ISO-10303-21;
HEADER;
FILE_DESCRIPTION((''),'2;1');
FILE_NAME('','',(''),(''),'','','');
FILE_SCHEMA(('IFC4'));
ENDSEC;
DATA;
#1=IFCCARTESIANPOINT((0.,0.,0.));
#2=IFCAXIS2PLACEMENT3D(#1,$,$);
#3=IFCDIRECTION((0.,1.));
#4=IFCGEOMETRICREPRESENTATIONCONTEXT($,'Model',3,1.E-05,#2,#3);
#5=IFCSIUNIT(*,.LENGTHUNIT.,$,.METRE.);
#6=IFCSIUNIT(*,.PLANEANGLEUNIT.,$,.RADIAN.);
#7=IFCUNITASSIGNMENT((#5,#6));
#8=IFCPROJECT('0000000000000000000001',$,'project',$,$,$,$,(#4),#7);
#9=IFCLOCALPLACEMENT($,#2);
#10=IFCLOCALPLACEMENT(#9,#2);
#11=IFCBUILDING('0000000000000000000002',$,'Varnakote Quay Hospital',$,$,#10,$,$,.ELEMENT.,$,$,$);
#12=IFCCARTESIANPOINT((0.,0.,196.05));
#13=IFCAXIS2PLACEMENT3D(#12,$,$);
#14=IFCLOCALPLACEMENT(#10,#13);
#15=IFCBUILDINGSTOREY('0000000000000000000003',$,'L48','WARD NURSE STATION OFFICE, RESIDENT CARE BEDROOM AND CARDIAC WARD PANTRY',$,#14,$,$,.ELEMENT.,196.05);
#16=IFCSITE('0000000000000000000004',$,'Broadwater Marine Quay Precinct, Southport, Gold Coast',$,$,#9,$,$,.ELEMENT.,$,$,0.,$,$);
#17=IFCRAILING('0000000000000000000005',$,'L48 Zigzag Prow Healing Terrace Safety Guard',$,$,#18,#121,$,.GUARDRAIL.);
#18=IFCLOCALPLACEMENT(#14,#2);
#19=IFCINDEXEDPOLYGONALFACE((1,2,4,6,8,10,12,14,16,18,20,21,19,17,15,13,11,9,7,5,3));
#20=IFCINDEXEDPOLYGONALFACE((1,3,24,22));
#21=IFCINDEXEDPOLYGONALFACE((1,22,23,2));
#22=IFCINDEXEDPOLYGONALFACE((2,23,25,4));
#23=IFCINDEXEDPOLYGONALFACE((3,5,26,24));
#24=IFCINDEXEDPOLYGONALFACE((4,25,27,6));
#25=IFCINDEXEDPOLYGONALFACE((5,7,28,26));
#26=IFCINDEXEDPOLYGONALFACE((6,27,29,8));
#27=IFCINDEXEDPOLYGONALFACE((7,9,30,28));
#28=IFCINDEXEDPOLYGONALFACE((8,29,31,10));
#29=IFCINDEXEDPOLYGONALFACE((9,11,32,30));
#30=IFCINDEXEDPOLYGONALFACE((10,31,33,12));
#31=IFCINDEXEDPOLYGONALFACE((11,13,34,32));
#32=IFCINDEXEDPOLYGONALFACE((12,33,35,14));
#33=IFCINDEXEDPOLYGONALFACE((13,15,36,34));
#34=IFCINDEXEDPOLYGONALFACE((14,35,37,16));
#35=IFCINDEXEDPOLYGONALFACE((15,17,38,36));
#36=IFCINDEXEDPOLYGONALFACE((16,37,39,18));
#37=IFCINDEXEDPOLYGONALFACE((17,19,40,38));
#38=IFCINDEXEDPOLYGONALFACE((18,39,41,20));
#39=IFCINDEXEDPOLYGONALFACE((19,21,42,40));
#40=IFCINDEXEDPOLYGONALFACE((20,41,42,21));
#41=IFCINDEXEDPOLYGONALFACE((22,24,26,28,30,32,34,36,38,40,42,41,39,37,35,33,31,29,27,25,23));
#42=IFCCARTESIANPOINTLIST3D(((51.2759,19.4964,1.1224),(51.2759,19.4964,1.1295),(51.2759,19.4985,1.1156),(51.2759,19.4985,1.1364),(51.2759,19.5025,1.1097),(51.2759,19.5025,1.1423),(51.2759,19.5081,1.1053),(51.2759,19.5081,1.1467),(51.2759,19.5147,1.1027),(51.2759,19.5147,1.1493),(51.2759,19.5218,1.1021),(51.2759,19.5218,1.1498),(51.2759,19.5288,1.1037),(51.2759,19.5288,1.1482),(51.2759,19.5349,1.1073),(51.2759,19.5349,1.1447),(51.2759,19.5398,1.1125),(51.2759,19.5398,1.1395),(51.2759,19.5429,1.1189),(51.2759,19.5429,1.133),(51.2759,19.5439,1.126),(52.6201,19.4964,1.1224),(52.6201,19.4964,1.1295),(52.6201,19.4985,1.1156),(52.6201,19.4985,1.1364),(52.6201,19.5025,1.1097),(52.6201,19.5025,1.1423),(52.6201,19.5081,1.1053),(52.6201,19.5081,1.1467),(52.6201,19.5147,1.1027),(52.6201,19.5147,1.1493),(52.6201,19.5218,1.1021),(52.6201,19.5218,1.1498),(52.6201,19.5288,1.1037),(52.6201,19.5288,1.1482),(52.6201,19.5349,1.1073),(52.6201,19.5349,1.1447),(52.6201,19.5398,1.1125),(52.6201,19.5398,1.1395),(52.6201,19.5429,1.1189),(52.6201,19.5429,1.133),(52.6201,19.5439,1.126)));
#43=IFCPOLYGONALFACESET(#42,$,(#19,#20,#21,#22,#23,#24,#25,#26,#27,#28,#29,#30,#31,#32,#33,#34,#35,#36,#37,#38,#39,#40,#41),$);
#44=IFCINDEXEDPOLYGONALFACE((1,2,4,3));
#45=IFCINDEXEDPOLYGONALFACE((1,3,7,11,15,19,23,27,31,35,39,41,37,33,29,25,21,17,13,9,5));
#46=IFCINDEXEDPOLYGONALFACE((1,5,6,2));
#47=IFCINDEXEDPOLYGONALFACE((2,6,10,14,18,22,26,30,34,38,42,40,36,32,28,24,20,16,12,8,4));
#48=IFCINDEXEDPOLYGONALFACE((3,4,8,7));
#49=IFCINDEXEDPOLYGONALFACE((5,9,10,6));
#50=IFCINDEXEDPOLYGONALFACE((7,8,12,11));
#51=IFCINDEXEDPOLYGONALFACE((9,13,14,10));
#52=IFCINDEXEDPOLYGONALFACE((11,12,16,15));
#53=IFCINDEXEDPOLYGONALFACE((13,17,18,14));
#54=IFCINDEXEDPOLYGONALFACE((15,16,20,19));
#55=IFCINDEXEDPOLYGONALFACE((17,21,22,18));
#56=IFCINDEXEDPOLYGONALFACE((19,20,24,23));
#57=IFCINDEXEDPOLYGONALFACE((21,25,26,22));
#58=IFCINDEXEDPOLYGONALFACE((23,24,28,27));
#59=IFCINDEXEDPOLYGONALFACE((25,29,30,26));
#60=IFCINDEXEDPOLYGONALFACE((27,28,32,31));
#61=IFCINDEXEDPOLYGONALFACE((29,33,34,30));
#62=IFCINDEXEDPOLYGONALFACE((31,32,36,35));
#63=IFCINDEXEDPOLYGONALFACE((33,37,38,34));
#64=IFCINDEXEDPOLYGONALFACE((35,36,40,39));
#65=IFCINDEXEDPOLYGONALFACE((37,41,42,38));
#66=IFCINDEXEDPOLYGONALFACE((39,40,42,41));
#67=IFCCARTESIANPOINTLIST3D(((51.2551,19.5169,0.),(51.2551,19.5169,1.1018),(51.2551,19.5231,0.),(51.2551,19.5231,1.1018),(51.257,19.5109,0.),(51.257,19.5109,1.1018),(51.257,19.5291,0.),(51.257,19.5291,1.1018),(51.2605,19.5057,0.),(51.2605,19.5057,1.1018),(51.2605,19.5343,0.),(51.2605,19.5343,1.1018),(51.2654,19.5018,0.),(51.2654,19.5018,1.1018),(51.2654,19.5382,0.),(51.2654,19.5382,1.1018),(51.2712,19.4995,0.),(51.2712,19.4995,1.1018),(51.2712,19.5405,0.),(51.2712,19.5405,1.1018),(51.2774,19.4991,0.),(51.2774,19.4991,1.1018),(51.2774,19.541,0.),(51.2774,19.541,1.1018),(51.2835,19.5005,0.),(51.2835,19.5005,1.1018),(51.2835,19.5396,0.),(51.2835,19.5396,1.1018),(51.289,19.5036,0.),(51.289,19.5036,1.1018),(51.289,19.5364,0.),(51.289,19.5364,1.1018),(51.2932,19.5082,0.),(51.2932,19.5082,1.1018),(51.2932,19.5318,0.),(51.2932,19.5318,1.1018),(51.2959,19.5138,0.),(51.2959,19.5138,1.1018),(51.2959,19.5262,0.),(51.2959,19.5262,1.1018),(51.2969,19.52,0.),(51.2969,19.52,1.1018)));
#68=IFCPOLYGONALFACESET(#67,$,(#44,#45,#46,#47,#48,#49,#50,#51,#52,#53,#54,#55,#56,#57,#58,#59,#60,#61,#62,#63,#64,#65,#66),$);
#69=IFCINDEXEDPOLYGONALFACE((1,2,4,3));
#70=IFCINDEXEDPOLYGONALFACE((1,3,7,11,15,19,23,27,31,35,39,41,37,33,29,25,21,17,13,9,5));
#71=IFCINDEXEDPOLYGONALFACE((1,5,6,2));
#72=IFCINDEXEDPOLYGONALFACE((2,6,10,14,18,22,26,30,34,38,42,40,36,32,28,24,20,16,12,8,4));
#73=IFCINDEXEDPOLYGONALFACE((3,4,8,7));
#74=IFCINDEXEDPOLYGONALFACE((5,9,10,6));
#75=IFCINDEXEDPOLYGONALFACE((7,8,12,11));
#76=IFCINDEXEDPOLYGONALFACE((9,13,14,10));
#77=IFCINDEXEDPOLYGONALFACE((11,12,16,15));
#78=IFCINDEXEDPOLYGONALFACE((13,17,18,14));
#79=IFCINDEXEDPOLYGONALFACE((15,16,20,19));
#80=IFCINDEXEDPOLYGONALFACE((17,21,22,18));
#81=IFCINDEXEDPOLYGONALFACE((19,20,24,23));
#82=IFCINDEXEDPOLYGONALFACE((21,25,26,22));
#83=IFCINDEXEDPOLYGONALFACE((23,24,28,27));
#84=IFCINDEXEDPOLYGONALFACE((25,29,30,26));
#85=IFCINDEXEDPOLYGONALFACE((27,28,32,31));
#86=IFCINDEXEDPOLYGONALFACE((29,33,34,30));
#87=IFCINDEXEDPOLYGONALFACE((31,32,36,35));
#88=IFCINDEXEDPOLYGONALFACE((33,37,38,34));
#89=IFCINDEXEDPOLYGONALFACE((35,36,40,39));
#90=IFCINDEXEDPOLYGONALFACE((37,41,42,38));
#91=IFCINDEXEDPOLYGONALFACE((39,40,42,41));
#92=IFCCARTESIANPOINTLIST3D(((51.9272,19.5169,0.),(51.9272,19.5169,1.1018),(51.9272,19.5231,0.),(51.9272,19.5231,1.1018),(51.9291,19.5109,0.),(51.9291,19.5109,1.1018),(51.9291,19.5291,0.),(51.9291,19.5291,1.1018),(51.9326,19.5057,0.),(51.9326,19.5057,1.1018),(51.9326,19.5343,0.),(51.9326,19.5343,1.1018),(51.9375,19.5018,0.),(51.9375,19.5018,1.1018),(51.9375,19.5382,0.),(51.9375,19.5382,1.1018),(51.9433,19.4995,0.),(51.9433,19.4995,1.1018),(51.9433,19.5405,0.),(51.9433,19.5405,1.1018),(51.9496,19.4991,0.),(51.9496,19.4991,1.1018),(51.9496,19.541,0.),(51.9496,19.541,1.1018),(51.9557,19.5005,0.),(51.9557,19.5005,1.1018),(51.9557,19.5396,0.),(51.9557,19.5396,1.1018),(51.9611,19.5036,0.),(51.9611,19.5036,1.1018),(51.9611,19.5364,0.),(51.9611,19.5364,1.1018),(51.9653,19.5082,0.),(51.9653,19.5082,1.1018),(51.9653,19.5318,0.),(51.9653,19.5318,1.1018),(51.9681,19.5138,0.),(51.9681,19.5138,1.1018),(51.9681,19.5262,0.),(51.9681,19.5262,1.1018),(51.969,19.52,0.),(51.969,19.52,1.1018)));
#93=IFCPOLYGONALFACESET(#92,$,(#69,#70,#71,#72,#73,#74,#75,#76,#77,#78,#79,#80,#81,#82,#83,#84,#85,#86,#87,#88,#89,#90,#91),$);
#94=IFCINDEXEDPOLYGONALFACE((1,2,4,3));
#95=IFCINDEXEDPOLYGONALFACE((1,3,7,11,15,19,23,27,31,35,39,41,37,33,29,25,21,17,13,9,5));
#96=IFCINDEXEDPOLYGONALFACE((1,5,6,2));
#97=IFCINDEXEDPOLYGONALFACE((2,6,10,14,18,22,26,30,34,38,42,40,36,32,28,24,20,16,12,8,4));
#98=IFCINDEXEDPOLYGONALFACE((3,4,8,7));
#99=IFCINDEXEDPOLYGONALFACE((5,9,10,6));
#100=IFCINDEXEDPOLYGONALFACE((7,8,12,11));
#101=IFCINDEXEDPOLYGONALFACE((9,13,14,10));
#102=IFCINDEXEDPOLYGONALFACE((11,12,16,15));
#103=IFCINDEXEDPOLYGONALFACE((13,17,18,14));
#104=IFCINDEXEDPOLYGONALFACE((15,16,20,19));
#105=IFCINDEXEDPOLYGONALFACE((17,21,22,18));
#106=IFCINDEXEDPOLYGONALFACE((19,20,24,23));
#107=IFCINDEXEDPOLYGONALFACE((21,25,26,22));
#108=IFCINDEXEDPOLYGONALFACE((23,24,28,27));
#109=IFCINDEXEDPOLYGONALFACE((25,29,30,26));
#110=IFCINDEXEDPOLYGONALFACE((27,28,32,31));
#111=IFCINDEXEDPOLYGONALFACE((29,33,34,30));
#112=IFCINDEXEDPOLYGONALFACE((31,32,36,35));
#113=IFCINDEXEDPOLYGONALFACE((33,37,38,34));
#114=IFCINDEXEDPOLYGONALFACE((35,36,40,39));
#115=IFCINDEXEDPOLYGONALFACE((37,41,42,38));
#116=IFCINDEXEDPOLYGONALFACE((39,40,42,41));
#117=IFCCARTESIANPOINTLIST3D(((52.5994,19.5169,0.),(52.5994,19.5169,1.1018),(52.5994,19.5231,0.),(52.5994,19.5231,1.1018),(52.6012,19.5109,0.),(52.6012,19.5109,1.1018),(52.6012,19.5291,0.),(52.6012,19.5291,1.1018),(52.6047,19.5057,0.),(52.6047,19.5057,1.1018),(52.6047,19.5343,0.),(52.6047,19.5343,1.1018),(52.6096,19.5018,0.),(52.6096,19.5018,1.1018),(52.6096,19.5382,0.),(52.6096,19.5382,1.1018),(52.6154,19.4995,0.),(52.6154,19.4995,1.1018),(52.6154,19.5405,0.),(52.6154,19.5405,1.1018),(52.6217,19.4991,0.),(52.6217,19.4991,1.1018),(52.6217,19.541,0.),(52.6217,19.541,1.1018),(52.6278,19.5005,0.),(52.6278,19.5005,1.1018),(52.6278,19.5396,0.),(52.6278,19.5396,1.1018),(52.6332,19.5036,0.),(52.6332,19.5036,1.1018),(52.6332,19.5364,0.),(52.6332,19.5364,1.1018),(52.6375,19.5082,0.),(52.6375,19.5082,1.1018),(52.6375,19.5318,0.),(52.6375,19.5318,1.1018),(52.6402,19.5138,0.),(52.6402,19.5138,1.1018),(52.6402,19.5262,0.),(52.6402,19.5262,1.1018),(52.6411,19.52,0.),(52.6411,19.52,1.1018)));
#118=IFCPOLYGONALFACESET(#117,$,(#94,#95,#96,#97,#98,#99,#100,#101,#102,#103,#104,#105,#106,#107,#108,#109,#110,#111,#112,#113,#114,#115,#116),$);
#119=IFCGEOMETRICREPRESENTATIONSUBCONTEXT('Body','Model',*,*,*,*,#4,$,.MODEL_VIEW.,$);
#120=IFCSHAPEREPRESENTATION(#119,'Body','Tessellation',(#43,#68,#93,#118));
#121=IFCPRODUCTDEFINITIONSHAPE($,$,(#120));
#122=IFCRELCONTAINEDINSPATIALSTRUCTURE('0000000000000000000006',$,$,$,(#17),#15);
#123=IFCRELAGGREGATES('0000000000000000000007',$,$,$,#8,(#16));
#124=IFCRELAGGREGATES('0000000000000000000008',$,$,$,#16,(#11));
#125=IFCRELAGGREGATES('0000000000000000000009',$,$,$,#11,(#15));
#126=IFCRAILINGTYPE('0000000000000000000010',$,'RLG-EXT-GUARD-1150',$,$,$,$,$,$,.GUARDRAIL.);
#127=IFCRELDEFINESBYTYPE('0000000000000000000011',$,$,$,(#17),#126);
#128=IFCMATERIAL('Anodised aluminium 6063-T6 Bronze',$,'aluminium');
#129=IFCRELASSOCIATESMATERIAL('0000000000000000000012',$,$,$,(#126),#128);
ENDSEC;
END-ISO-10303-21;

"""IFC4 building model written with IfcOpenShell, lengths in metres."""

from ifc_helpers import new_model, si_unit, direction, frame, origin, origin_2d, place, context, subcontext, project, spatial, circle, extrude, material, type_object, element, save


model = new_model("IFC4")

# Units and contexts
model_context = context("Model", 3, precision=1e-05, world=origin(), true_north=direction((0.0, 1.0)))
body_context = subcontext(model_context, "Body", "Model", "MODEL_VIEW")
ifc_project = project(units=[si_unit("LENGTHUNIT", "METRE"), si_unit("PLANEANGLEUNIT", "RADIAN")], contexts=[model_context])

# Site, building, storey
site_placement = place(None, origin())
site = spatial("IfcSite", under=ifc_project, at=site_placement, Name="Broadwater Marine Quay Precinct, Southport, Gold Coast", CompositionType="ELEMENT", RefElevation=0.0)
building_placement = place(site_placement, origin())
building = spatial("IfcBuilding", under=site, at=building_placement, Name="Varnakote Quay Hospital", CompositionType="ELEMENT")
storey_placement = place(building_placement, frame((0.0, 0.0, 196.05)))
storey = spatial("IfcBuildingStorey", under=building, at=storey_placement, Name="L48", Description="WARD NURSE STATION OFFICE, RESIDENT CARE BEDROOM AND CARDIAC WARD PANTRY", CompositionType="ELEMENT", Elevation=196.05)

# Railing
ifc_material_1 = material(Name="Anodised aluminium 6063-T6 Bronze", Category="aluminium")
railing_type = type_object("IfcRailingType", Name="RLG-EXT-GUARD-1150", PredefinedType="GUARDRAIL", material=ifc_material_1)
railing_1_placement = place(storey_placement, frame((51.2759, 19.52, 0.0)))
element("IfcRailing", 1, at=railing_1_placement, inside=storey, type_object=railing_type, Name="L48 Zigzag Prow Healing Terrace Safety Guard", PredefinedType="GUARDRAIL", context=body_context, shape_type="SweptSolid", body=[
    extrude(circle(Radius=0.0239, at=origin_2d()), frame((0.0, 0.0, 1.126), z_axis=(1.0, 0.0, 0.0), x_axis=(0.0, 1.0, 0.0)), (0.0, 0.0, 1.0), 1.3442),
    extrude(circle(Radius=0.021, at=origin_2d()), origin(), (0.0, 0.0, 1.0), 1.1018),
    extrude(circle(Radius=0.021, at=origin_2d()), frame((0.6721, 0.0, 0.0)), (0.0, 0.0, 1.0), 1.1018),
    extrude(circle(Radius=0.021, at=origin_2d()), frame((1.3442, 0.0, 0.0)), (0.0, 0.0, 1.0), 1.1018),
])

save(model, "model.ifc")
